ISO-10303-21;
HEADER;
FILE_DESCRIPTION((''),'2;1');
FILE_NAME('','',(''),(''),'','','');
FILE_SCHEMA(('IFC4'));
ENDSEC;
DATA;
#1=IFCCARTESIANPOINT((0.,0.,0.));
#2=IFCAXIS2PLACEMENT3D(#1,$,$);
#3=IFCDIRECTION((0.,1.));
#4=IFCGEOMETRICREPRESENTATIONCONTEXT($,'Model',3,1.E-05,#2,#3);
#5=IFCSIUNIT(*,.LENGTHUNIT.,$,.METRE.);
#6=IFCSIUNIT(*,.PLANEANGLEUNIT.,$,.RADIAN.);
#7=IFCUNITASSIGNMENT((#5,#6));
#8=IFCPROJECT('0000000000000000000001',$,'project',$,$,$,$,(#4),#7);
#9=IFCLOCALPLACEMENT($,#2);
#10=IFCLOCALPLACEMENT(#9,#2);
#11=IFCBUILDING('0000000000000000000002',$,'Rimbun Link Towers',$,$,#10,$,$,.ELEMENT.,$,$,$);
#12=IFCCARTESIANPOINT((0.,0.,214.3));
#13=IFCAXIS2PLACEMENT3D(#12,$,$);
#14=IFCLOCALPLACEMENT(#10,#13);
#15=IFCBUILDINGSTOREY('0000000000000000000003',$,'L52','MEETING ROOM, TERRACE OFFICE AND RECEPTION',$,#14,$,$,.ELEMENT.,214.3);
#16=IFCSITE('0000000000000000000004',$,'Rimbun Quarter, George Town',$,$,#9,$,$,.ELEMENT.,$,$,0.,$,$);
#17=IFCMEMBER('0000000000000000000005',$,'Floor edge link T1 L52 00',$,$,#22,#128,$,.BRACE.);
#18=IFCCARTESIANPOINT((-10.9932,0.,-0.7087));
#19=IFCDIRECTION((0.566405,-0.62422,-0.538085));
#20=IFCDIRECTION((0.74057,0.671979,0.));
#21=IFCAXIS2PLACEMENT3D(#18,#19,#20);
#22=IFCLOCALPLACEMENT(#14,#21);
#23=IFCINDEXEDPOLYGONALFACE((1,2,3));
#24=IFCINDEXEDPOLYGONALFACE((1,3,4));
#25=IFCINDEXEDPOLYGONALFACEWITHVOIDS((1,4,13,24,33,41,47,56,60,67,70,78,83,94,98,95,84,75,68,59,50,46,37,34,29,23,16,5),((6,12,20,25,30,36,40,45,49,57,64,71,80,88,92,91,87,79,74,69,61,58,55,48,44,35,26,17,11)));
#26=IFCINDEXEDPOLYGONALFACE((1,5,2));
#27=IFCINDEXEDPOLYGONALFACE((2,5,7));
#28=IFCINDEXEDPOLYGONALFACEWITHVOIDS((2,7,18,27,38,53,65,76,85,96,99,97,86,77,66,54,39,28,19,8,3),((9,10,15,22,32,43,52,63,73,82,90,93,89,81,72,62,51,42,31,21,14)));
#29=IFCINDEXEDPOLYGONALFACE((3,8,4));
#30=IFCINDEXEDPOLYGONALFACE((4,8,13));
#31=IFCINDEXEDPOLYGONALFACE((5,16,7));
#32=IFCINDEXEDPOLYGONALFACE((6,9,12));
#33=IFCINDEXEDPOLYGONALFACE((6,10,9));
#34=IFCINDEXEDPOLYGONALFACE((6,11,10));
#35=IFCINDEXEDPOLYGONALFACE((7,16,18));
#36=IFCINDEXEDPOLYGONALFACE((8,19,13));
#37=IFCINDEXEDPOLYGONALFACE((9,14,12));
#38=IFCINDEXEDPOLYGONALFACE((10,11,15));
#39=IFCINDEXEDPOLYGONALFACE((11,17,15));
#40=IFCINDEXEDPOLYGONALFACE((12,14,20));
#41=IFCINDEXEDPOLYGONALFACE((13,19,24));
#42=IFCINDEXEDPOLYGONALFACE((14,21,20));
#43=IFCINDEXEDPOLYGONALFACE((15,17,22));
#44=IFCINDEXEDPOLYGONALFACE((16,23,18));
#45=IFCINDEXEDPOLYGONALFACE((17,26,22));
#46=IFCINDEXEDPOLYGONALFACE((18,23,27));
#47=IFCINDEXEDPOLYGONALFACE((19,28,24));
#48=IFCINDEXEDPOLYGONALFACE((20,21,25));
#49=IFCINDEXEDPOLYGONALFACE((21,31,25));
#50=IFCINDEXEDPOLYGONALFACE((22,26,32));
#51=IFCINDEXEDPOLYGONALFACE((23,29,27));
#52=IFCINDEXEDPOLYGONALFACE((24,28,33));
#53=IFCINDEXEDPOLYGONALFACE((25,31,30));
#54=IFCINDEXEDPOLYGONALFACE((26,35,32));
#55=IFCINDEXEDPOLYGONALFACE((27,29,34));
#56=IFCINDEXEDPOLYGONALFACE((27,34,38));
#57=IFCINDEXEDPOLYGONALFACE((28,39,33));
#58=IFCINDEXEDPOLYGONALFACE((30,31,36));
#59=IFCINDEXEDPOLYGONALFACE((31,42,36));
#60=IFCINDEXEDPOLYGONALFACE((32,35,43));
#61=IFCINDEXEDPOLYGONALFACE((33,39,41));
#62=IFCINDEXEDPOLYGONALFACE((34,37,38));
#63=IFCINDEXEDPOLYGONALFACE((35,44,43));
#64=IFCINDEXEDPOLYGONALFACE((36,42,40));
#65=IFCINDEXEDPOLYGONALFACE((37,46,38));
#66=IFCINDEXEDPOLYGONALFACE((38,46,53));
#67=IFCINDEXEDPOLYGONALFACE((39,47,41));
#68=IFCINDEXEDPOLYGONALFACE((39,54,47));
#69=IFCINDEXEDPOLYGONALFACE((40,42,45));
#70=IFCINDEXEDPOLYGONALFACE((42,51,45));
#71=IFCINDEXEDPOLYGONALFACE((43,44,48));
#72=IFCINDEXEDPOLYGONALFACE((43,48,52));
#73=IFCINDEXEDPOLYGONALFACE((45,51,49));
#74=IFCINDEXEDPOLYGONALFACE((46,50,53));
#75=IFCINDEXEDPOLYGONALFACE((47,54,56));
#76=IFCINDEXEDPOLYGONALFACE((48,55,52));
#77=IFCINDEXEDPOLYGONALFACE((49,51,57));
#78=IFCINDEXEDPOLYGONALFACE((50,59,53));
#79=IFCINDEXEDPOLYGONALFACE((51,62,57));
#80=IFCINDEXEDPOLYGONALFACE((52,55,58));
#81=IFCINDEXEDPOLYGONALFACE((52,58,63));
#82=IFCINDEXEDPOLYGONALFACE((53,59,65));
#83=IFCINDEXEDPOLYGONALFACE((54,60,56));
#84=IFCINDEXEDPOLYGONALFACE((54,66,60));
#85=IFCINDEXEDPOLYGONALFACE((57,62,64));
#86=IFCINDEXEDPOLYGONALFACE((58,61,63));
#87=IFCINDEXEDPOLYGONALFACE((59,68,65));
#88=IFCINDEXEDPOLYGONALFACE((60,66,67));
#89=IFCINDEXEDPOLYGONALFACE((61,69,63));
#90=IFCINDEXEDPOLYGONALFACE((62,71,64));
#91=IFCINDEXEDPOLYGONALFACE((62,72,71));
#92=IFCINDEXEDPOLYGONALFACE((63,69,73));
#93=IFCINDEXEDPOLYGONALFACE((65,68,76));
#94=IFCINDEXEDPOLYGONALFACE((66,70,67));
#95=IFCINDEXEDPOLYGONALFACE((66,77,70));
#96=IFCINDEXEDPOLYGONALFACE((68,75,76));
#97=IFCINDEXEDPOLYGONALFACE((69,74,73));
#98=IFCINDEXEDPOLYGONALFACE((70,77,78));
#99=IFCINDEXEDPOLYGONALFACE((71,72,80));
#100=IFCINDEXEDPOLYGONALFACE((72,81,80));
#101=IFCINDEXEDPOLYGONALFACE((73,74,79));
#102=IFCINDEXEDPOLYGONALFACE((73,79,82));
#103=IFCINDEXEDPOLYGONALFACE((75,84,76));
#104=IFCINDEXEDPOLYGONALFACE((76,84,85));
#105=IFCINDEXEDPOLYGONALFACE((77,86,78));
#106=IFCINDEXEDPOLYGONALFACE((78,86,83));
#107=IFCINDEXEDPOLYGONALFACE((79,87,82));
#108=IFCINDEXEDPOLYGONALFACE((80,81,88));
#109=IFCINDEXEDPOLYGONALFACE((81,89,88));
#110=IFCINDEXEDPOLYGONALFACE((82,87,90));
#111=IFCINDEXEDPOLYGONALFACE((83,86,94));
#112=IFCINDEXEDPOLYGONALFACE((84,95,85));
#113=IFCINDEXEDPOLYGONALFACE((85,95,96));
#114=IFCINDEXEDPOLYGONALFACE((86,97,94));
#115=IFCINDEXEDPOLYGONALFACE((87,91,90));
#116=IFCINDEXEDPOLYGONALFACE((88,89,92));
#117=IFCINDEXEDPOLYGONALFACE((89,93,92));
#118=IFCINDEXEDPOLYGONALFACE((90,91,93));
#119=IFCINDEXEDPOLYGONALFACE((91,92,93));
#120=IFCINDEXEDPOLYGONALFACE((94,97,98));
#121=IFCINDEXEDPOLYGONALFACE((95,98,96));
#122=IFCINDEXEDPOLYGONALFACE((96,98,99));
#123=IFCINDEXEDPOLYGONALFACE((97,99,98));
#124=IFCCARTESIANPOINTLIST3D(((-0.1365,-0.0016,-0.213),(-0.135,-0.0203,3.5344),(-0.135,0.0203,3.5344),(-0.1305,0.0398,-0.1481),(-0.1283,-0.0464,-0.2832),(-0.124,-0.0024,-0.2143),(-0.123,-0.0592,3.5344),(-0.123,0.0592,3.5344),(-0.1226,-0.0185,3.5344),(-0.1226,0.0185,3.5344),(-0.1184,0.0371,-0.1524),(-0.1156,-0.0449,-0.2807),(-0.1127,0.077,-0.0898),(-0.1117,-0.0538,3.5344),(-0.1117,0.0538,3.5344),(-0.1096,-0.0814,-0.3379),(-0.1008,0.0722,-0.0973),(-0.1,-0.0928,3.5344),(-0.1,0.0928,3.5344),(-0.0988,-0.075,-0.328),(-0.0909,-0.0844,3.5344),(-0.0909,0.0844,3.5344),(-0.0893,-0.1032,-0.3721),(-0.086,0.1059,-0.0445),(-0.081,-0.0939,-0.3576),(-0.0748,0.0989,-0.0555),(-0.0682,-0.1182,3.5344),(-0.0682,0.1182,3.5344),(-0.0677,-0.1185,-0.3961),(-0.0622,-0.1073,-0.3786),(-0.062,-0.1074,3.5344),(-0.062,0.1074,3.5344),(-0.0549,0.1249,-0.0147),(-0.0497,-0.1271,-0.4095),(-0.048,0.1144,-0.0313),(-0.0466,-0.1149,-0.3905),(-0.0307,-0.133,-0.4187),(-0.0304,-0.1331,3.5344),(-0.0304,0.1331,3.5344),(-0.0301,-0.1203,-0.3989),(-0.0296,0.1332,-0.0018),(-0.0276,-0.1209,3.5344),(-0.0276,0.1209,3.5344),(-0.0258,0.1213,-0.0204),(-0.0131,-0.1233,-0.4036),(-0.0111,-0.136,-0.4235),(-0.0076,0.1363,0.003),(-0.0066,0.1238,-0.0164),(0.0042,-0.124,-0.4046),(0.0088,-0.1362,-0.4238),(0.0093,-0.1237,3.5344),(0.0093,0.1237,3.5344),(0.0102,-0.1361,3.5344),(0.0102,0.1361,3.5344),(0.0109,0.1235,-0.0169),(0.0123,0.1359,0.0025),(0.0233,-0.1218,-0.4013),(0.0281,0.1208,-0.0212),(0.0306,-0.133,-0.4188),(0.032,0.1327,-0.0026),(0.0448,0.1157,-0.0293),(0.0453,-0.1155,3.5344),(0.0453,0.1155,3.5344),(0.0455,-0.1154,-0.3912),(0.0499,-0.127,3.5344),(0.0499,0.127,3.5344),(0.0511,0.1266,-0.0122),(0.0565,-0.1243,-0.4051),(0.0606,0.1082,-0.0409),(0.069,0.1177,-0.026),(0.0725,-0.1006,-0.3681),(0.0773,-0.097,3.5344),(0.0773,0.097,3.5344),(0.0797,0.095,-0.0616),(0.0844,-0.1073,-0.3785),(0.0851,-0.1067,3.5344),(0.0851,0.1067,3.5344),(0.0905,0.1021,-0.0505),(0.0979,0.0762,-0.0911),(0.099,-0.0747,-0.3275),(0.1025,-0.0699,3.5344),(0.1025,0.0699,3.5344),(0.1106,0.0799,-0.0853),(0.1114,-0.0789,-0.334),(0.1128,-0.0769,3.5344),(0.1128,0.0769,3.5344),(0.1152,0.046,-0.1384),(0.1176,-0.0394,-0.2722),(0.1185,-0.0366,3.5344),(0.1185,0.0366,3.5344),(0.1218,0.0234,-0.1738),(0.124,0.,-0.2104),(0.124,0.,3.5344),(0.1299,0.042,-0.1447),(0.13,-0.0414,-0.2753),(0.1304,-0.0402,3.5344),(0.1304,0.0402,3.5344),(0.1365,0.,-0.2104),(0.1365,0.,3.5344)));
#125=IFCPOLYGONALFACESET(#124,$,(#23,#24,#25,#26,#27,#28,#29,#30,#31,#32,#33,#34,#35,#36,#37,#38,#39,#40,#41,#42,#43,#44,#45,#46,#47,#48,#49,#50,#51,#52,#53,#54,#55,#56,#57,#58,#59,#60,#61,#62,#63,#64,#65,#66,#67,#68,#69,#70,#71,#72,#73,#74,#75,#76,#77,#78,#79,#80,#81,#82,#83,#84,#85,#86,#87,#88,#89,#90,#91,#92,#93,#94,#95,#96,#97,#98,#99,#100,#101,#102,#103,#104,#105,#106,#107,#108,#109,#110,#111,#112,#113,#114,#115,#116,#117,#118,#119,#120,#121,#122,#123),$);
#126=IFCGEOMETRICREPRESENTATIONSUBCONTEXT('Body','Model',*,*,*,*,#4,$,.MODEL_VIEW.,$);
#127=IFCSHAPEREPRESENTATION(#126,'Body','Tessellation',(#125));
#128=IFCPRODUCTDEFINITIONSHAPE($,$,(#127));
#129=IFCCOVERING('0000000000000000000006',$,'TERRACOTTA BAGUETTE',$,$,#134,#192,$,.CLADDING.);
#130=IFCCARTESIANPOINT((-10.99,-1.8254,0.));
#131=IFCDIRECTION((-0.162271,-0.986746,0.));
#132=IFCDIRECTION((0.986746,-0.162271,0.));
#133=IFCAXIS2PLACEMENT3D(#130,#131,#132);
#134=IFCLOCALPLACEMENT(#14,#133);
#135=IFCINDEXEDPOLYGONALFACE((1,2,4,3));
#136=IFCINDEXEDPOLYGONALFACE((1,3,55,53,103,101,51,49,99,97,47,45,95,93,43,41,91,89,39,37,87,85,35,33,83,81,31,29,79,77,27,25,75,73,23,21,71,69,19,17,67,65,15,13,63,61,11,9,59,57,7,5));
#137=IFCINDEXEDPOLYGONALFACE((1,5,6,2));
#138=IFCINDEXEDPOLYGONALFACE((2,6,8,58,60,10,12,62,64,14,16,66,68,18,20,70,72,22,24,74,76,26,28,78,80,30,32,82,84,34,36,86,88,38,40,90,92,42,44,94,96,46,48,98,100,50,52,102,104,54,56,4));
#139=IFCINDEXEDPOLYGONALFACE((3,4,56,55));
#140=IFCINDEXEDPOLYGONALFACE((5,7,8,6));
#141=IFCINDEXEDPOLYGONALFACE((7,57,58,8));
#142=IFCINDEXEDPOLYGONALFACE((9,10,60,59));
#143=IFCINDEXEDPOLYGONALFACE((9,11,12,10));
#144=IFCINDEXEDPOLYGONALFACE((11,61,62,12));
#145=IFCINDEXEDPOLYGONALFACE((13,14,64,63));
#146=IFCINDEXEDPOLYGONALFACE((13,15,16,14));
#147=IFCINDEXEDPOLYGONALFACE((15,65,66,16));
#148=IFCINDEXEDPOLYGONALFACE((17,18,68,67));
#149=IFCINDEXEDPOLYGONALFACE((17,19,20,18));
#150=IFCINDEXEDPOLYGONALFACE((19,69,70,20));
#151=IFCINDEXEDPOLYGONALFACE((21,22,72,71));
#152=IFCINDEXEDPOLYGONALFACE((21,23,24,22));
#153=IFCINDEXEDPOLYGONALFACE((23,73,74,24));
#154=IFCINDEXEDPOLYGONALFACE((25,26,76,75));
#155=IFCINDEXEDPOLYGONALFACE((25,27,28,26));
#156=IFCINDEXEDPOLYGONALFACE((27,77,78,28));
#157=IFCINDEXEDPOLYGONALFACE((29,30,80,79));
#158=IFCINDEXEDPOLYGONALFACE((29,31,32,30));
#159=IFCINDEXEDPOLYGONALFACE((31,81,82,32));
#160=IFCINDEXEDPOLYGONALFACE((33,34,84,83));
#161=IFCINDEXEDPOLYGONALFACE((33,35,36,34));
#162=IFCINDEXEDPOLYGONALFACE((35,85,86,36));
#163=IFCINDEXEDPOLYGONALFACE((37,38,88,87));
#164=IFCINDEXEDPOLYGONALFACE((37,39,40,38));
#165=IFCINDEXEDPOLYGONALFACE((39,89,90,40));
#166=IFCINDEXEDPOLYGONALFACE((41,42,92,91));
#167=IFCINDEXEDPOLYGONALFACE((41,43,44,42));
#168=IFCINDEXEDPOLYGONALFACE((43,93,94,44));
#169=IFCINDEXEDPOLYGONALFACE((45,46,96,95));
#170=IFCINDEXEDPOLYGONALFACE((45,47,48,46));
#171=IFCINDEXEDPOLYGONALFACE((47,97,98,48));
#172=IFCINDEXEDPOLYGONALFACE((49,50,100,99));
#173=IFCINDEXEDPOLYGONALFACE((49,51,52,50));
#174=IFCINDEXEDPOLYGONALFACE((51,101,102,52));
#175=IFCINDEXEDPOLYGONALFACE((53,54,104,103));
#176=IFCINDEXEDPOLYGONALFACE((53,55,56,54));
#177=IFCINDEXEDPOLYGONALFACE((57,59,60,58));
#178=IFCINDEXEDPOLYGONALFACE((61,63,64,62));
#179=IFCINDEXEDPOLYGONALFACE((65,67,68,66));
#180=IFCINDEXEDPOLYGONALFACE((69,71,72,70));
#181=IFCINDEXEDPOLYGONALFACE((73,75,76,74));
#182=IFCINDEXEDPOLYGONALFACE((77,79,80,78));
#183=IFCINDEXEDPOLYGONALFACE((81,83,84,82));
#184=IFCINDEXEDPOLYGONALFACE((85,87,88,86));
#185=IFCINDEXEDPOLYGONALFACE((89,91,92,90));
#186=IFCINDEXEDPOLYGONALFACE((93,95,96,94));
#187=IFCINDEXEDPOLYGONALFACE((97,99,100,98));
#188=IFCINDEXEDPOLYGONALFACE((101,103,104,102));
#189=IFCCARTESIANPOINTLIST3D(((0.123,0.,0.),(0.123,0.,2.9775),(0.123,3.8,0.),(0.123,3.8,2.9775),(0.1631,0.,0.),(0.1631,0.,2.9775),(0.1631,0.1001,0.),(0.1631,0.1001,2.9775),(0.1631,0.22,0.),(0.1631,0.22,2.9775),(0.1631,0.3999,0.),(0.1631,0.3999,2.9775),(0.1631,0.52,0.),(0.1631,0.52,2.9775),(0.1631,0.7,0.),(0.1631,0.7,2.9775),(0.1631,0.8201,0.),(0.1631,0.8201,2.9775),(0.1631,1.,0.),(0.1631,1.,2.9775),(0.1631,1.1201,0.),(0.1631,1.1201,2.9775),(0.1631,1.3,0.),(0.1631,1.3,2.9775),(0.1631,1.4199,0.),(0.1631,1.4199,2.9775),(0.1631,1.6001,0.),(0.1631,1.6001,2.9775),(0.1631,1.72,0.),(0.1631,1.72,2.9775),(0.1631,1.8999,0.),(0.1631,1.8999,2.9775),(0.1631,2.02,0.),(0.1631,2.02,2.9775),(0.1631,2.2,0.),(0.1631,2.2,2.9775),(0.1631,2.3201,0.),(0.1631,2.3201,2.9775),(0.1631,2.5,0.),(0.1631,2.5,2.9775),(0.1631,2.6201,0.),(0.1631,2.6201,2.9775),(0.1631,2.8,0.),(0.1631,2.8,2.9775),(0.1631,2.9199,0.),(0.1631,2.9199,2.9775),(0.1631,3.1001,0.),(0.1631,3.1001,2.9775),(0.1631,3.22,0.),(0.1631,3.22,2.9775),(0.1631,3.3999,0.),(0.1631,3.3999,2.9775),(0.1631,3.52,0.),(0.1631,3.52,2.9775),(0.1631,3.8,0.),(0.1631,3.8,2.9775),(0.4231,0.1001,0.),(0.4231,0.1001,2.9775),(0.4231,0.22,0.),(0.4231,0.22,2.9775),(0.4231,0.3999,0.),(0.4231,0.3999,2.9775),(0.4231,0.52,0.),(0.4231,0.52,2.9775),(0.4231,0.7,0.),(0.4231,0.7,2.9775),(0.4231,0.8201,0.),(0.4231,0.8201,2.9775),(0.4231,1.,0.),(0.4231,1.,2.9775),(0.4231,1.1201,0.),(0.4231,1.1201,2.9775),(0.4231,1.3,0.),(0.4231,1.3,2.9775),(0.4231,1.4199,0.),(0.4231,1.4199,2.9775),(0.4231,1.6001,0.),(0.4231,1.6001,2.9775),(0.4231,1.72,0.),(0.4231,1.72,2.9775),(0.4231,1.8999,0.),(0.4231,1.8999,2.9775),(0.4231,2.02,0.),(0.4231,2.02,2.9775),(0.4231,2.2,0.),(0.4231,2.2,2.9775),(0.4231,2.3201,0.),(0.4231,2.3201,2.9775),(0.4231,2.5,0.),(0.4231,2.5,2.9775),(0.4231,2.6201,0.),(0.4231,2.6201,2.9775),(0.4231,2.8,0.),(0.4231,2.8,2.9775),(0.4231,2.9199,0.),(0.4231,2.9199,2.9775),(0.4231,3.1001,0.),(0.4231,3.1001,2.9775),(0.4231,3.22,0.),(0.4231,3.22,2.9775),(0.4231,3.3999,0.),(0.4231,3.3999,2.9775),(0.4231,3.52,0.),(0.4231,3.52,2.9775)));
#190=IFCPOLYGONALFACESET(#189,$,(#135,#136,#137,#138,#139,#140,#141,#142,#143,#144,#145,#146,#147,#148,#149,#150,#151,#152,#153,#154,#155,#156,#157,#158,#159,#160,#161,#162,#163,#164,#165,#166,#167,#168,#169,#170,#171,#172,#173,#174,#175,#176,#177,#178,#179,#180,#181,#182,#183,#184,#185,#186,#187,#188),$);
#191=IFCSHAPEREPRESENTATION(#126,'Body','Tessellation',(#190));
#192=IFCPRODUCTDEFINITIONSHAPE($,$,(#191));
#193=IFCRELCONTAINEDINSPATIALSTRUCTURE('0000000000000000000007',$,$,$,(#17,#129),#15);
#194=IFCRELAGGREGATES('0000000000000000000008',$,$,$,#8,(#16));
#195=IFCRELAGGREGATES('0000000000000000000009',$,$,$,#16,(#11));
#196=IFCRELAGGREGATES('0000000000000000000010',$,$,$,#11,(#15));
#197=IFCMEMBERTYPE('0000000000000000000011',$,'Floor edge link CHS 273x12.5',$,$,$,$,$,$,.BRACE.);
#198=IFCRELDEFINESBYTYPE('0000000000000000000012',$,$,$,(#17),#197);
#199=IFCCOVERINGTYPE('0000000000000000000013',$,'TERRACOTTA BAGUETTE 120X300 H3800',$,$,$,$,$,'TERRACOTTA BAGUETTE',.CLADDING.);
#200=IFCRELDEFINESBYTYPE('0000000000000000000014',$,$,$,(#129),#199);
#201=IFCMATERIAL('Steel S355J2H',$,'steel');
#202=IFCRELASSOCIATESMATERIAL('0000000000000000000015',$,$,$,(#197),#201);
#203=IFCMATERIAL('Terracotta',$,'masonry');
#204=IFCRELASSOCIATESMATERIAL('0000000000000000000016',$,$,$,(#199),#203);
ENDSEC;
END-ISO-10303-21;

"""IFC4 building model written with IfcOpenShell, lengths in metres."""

from ifc_helpers import new_model, si_unit, direction, frame, origin, origin_2d, place, context, subcontext, project, spatial, polyline, hollow_circle, outline, extrude, clip, halfspace, material, material_profile, profile_set, type_object, element, save


model = new_model("IFC4")

# Units and contexts
model_context = context("Model", 3, precision=1e-05, world=origin(), true_north=direction((0.0, 1.0)))
body_context = subcontext(model_context, "Body", "Model", "MODEL_VIEW")
ifc_project = project(units=[si_unit("LENGTHUNIT", "METRE"), si_unit("PLANEANGLEUNIT", "RADIAN")], contexts=[model_context])

# Site, building, storey
site_placement = place(None, origin())
site = spatial("IfcSite", under=ifc_project, at=site_placement, Name="Rimbun Quarter, George Town", CompositionType="ELEMENT", RefElevation=0.0)
building_placement = place(site_placement, origin())
building = spatial("IfcBuilding", under=site, at=building_placement, Name="Rimbun Link Towers", CompositionType="ELEMENT")
storey_placement = place(building_placement, frame((0.0, 0.0, 214.3)))
storey = spatial("IfcBuildingStorey", under=building, at=storey_placement, Name="L52", Description="MEETING ROOM, TERRACE OFFICE AND RECEPTION", CompositionType="ELEMENT", Elevation=214.3)

# Member
ifc_material_1 = material(Name="Steel S355J2H", Category="steel")
ifc_material_profile_1 = material_profile(ifc_material_1, hollow_circle(Radius=0.1365, WallThickness=0.0125, at=origin_2d()), Name="CHS 273x12.5")
ifc_profile_set_1 = profile_set([ifc_material_profile_1], Name="Steel S355J2H")
member_type_1 = type_object("IfcMemberType", Name="Floor edge link CHS 273x12.5", PredefinedType="BRACE", material=ifc_profile_set_1)
member_1_placement = place(storey_placement, frame((-10.9932, 0.0, -0.7087), z_axis=(0.566405, -0.62422, -0.538085), x_axis=(0.74057, 0.671979, 0.0)))
element("IfcMember", 1, at=member_1_placement, inside=storey, type_object=member_type_1, Name="Floor edge link T1 L52 00", PredefinedType="BRACE", context=body_context, shape_type="Clipping", body=[
    clip(extrude(hollow_circle(Radius=0.1365, WallThickness=0.0125, at=origin_2d()), frame((0.0, 0.0, -0.4463)), (0.0, 0.0, 1.0), 3.9807), halfspace(frame((0.0, 0.0, -0.2104), z_axis=(0.0, 0.842891, -0.538085)), False)),
])

# Covering
ifc_material_2 = material(Name="Terracotta", Category="masonry")
ifc_material_profile_2 = material_profile(ifc_material_2, outline(polyline([(0.123, 0.0), (0.1631, 0.0), (0.1631, 0.1001), (0.4231, 0.1001), (0.4231, 0.22), (0.1631, 0.22), (0.1631, 0.3999), (0.4231, 0.3999), (0.4231, 0.52), (0.1631, 0.52), (0.1631, 0.7), (0.4231, 0.7), (0.4231, 0.8201), (0.1631, 0.8201), (0.1631, 1.0), (0.4231, 1.0), (0.4231, 1.1201), (0.1631, 1.1201), (0.1631, 1.3), (0.4231, 1.3), (0.4231, 1.4199), (0.1631, 1.4199), (0.1631, 1.6001), (0.4231, 1.6001), (0.4231, 1.72), (0.1631, 1.72), (0.1631, 1.8999), (0.4231, 1.8999), (0.4231, 2.02), (0.1631, 2.02), (0.1631, 2.2), (0.4231, 2.2), (0.4231, 2.3201), (0.1631, 2.3201), (0.1631, 2.5), (0.4231, 2.5), (0.4231, 2.6201), (0.1631, 2.6201), (0.1631, 2.8), (0.4231, 2.8), (0.4231, 2.9199), (0.1631, 2.9199), (0.1631, 3.1001), (0.4231, 3.1001), (0.4231, 3.22), (0.1631, 3.22), (0.1631, 3.3999), (0.4231, 3.3999), (0.4231, 3.52), (0.1631, 3.52), (0.1631, 3.8), (0.123, 3.8), (0.123, 0.0)])), Name="BAGUETTE 120X300")
ifc_profile_set_2 = profile_set([ifc_material_profile_2], Name="Terracotta")
covering_type = type_object("IfcCoveringType", Name="TERRACOTTA BAGUETTE 120X300 H3800", ElementType="TERRACOTTA BAGUETTE", PredefinedType="CLADDING", material=ifc_profile_set_2)
covering_placement = place(storey_placement, frame((-10.99, -1.8254, 0.0), z_axis=(-0.162271, -0.986746, 0.0), x_axis=(0.986746, -0.162271, 0.0)))
element("IfcCovering", 2, at=covering_placement, inside=storey, type_object=covering_type, Name="TERRACOTTA BAGUETTE", PredefinedType="CLADDING", context=body_context, shape_type="SweptSolid", body=[
    extrude(outline(polyline([(0.123, 0.0), (0.1631, 0.0), (0.1631, 0.1001), (0.4231, 0.1001), (0.4231, 0.22), (0.1631, 0.22), (0.1631, 0.3999), (0.4231, 0.3999), (0.4231, 0.52), (0.1631, 0.52), (0.1631, 0.7), (0.4231, 0.7), (0.4231, 0.8201), (0.1631, 0.8201), (0.1631, 1.0), (0.4231, 1.0), (0.4231, 1.1201), (0.1631, 1.1201), (0.1631, 1.3), (0.4231, 1.3), (0.4231, 1.4199), (0.1631, 1.4199), (0.1631, 1.6001), (0.4231, 1.6001), (0.4231, 1.72), (0.1631, 1.72), (0.1631, 1.8999), (0.4231, 1.8999), (0.4231, 2.02), (0.1631, 2.02), (0.1631, 2.2), (0.4231, 2.2), (0.4231, 2.3201), (0.1631, 2.3201), (0.1631, 2.5), (0.4231, 2.5), (0.4231, 2.6201), (0.1631, 2.6201), (0.1631, 2.8), (0.4231, 2.8), (0.4231, 2.9199), (0.1631, 2.9199), (0.1631, 3.1001), (0.4231, 3.1001), (0.4231, 3.22), (0.1631, 3.22), (0.1631, 3.3999), (0.4231, 3.3999), (0.4231, 3.52), (0.1631, 3.52), (0.1631, 3.8), (0.123, 3.8), (0.123, 0.0)])), origin(), (0.0, 0.0, 1.0), 2.9775),
])

save(model, "model.ifc")
